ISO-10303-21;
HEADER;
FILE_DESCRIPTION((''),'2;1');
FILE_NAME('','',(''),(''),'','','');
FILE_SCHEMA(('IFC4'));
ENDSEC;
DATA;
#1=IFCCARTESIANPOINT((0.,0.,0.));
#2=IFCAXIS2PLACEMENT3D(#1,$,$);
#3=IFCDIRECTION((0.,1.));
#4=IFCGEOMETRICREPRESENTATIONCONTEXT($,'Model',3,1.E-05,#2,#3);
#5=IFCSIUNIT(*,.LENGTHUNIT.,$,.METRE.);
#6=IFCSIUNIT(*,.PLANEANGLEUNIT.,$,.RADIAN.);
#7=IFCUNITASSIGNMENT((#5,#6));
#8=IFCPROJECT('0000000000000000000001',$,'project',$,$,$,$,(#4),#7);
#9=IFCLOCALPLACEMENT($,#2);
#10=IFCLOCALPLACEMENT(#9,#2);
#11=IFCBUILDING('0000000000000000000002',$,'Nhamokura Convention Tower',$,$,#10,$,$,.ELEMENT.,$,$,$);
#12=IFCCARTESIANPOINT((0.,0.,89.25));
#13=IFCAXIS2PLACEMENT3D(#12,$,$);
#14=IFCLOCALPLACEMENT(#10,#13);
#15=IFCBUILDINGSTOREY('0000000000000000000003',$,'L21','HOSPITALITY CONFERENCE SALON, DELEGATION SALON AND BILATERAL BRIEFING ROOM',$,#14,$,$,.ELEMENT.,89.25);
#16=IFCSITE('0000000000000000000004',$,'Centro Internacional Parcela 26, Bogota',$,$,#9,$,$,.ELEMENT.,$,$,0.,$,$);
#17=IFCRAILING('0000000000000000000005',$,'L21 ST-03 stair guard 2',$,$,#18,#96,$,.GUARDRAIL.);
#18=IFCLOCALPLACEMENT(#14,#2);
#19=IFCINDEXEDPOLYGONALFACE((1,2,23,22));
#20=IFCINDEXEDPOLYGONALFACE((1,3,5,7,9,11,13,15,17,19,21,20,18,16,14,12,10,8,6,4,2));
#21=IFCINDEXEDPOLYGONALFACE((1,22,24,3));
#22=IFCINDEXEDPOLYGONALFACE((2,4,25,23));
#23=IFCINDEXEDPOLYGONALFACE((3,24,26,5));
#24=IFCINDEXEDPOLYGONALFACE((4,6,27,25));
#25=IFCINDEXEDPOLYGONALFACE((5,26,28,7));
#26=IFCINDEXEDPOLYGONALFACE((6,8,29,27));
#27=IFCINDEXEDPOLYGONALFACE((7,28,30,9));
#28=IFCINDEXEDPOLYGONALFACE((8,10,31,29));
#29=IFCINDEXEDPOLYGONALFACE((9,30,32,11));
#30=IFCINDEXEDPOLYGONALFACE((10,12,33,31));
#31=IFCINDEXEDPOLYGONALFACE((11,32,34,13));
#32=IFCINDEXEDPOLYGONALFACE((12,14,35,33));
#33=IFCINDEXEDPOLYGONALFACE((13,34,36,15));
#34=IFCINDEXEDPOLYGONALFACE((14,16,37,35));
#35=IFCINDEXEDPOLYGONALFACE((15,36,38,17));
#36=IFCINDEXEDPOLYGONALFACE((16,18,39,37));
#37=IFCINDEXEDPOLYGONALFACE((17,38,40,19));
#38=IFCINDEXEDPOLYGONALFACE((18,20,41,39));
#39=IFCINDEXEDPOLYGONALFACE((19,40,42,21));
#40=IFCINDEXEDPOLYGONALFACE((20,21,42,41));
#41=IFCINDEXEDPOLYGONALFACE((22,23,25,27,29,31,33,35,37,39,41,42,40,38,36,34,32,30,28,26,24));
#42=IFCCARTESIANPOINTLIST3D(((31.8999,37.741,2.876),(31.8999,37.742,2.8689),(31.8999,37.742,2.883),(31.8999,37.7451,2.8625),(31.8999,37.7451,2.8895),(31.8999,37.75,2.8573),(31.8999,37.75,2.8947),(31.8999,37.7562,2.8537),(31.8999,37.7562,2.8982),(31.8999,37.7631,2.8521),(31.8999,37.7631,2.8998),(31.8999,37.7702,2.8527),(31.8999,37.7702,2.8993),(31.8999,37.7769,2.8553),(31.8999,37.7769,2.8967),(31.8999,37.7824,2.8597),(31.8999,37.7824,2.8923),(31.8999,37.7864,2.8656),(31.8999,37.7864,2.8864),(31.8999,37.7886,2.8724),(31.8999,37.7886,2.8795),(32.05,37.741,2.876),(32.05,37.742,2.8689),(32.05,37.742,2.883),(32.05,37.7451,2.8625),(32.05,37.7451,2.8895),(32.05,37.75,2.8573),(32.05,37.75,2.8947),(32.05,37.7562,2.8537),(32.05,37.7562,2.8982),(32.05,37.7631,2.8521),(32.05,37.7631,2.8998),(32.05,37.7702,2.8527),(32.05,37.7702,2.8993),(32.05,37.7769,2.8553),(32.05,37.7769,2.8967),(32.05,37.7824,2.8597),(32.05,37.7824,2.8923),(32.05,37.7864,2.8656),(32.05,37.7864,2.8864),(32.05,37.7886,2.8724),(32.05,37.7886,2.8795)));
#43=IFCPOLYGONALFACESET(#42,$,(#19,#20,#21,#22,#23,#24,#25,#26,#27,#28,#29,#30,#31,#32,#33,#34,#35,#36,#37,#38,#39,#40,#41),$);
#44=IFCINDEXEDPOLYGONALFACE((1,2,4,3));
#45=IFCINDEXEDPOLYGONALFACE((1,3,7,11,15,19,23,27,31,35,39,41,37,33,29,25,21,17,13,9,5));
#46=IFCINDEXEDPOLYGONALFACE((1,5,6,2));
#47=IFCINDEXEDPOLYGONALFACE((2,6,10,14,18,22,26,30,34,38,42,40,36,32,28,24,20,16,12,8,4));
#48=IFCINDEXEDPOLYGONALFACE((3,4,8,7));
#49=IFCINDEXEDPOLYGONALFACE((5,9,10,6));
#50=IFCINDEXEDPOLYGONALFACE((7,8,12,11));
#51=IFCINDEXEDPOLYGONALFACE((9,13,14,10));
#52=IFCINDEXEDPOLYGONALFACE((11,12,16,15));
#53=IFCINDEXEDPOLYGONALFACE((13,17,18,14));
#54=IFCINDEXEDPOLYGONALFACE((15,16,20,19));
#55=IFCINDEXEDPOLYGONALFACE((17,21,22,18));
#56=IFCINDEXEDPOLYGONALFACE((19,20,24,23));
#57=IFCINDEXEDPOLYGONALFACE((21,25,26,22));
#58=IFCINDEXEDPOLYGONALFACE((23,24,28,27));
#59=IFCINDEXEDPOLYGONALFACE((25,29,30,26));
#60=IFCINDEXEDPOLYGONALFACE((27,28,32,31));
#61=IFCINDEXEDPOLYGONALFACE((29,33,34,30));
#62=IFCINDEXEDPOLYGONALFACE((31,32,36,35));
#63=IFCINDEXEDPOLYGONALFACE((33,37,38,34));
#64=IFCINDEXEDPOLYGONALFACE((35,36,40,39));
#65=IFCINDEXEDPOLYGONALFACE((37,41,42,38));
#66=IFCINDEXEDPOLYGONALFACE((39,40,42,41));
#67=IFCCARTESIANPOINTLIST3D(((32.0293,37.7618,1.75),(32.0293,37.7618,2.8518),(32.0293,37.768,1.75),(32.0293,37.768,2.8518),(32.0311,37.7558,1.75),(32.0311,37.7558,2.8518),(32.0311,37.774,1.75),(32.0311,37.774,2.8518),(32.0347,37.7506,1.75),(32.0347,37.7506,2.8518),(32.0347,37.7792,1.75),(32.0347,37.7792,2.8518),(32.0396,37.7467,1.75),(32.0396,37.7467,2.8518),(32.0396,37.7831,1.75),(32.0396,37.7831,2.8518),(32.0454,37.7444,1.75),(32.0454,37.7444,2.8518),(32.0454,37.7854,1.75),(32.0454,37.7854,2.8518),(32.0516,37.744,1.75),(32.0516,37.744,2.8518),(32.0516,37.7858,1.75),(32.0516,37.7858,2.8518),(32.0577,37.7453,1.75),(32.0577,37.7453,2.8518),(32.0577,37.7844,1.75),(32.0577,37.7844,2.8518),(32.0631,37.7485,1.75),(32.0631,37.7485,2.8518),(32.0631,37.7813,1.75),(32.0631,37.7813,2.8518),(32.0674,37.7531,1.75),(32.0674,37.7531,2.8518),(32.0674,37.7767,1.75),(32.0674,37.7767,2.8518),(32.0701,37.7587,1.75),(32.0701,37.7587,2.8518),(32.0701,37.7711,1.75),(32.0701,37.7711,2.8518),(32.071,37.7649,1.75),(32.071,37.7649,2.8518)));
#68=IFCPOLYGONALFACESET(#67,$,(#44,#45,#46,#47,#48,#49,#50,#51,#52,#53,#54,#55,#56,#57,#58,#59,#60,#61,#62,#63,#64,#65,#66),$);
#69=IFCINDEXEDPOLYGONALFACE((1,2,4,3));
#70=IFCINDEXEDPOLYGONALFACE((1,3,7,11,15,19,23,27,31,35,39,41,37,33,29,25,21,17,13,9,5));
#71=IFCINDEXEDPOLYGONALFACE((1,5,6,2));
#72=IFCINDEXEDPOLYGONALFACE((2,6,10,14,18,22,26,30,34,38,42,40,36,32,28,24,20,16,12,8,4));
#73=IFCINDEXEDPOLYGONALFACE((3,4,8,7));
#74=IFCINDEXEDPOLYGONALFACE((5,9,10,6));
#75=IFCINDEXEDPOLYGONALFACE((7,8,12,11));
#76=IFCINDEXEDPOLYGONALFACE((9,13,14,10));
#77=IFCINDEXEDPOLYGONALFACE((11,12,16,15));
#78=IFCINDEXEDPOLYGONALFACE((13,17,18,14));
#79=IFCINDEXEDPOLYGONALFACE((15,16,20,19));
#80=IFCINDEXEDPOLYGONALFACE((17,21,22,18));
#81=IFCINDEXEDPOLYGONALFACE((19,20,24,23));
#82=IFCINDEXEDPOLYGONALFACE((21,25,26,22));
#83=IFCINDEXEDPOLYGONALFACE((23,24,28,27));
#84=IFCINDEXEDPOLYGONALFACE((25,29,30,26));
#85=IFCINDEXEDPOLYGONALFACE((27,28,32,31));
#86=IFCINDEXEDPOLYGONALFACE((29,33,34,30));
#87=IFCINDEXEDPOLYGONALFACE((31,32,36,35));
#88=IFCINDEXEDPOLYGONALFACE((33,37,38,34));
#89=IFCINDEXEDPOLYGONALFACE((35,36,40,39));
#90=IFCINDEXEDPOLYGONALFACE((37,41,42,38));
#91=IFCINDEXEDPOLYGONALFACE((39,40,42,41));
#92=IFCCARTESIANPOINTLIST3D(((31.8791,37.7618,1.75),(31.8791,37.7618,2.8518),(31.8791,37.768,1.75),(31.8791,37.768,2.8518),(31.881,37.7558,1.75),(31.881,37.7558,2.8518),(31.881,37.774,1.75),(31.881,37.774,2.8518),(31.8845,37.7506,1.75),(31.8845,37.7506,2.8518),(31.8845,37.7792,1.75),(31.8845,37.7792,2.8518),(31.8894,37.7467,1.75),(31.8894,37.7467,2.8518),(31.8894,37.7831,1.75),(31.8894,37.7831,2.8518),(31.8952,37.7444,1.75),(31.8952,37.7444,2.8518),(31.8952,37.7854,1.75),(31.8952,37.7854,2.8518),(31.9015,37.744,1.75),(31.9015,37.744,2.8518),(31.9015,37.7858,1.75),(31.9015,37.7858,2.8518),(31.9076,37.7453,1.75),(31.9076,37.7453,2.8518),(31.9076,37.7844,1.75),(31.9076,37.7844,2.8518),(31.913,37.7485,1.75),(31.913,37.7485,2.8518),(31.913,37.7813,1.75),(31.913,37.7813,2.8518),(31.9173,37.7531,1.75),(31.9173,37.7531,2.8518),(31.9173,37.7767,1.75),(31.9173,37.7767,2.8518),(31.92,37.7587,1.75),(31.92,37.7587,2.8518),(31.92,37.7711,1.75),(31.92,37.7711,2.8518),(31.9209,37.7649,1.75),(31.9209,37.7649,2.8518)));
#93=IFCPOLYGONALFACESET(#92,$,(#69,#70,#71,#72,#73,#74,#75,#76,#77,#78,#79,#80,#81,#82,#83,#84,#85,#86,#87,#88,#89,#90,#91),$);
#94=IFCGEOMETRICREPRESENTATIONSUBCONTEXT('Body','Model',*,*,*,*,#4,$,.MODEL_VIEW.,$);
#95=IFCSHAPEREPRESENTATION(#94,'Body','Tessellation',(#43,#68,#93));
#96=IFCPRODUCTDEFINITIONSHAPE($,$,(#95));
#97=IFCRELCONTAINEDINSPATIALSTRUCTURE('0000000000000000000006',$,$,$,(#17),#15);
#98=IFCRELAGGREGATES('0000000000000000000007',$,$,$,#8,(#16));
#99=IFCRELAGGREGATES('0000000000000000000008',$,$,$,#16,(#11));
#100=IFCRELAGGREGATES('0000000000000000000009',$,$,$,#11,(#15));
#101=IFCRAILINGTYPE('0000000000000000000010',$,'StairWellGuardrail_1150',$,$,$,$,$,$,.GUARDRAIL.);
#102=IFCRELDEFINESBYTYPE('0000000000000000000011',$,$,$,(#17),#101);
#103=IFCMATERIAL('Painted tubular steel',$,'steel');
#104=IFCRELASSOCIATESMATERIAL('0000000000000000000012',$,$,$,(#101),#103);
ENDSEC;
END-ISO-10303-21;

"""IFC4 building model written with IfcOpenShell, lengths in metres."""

from ifc_helpers import new_model, si_unit, direction, frame, origin, origin_2d, place, context, subcontext, project, spatial, circle, extrude, material, type_object, element, save


model = new_model("IFC4")

# Units and contexts
model_context = context("Model", 3, precision=1e-05, world=origin(), true_north=direction((0.0, 1.0)))
body_context = subcontext(model_context, "Body", "Model", "MODEL_VIEW")
ifc_project = project(units=[si_unit("LENGTHUNIT", "METRE"), si_unit("PLANEANGLEUNIT", "RADIAN")], contexts=[model_context])

# Site, building, storey
site_placement = place(None, origin())
site = spatial("IfcSite", under=ifc_project, at=site_placement, Name="Centro Internacional Parcela 26, Bogota", CompositionType="ELEMENT", RefElevation=0.0)
building_placement = place(site_placement, origin())
building = spatial("IfcBuilding", under=site, at=building_placement, Name="Nhamokura Convention Tower", CompositionType="ELEMENT")
storey_placement = place(building_placement, frame((0.0, 0.0, 89.25)))
storey = spatial("IfcBuildingStorey", under=building, at=storey_placement, Name="L21", Description="HOSPITALITY CONFERENCE SALON, DELEGATION SALON AND BILATERAL BRIEFING ROOM", CompositionType="ELEMENT", Elevation=89.25)

# Railing
ifc_material_1 = material(Name="Painted tubular steel", Category="steel")
railing_type_1 = type_object("IfcRailingType", Name="StairWellGuardrail_1150", PredefinedType="GUARDRAIL", material=ifc_material_1)
railing_1_placement = place(storey_placement, frame((32.05, 37.7649, 1.75)))
element("IfcRailing", 1, at=railing_1_placement, inside=storey, type_object=railing_type_1, Name="L21 ST-03 stair guard 2", PredefinedType="GUARDRAIL", context=body_context, shape_type="SweptSolid", body=[
    extrude(circle(Radius=0.0239, at=origin_2d()), frame((0.0, 0.0, 1.126), z_axis=(-1.0, 0.0, 0.0), x_axis=(0.0, -1.0, 0.0)), (0.0, 0.0, 1.0), 0.1501),
    extrude(circle(Radius=0.021, at=origin_2d()), origin(), (0.0, 0.0, 1.0), 1.1018),
    extrude(circle(Radius=0.021, at=origin_2d()), frame((-0.1501, 0.0, 0.0)), (0.0, 0.0, 1.0), 1.1018),
])

save(model, "model.ifc")
